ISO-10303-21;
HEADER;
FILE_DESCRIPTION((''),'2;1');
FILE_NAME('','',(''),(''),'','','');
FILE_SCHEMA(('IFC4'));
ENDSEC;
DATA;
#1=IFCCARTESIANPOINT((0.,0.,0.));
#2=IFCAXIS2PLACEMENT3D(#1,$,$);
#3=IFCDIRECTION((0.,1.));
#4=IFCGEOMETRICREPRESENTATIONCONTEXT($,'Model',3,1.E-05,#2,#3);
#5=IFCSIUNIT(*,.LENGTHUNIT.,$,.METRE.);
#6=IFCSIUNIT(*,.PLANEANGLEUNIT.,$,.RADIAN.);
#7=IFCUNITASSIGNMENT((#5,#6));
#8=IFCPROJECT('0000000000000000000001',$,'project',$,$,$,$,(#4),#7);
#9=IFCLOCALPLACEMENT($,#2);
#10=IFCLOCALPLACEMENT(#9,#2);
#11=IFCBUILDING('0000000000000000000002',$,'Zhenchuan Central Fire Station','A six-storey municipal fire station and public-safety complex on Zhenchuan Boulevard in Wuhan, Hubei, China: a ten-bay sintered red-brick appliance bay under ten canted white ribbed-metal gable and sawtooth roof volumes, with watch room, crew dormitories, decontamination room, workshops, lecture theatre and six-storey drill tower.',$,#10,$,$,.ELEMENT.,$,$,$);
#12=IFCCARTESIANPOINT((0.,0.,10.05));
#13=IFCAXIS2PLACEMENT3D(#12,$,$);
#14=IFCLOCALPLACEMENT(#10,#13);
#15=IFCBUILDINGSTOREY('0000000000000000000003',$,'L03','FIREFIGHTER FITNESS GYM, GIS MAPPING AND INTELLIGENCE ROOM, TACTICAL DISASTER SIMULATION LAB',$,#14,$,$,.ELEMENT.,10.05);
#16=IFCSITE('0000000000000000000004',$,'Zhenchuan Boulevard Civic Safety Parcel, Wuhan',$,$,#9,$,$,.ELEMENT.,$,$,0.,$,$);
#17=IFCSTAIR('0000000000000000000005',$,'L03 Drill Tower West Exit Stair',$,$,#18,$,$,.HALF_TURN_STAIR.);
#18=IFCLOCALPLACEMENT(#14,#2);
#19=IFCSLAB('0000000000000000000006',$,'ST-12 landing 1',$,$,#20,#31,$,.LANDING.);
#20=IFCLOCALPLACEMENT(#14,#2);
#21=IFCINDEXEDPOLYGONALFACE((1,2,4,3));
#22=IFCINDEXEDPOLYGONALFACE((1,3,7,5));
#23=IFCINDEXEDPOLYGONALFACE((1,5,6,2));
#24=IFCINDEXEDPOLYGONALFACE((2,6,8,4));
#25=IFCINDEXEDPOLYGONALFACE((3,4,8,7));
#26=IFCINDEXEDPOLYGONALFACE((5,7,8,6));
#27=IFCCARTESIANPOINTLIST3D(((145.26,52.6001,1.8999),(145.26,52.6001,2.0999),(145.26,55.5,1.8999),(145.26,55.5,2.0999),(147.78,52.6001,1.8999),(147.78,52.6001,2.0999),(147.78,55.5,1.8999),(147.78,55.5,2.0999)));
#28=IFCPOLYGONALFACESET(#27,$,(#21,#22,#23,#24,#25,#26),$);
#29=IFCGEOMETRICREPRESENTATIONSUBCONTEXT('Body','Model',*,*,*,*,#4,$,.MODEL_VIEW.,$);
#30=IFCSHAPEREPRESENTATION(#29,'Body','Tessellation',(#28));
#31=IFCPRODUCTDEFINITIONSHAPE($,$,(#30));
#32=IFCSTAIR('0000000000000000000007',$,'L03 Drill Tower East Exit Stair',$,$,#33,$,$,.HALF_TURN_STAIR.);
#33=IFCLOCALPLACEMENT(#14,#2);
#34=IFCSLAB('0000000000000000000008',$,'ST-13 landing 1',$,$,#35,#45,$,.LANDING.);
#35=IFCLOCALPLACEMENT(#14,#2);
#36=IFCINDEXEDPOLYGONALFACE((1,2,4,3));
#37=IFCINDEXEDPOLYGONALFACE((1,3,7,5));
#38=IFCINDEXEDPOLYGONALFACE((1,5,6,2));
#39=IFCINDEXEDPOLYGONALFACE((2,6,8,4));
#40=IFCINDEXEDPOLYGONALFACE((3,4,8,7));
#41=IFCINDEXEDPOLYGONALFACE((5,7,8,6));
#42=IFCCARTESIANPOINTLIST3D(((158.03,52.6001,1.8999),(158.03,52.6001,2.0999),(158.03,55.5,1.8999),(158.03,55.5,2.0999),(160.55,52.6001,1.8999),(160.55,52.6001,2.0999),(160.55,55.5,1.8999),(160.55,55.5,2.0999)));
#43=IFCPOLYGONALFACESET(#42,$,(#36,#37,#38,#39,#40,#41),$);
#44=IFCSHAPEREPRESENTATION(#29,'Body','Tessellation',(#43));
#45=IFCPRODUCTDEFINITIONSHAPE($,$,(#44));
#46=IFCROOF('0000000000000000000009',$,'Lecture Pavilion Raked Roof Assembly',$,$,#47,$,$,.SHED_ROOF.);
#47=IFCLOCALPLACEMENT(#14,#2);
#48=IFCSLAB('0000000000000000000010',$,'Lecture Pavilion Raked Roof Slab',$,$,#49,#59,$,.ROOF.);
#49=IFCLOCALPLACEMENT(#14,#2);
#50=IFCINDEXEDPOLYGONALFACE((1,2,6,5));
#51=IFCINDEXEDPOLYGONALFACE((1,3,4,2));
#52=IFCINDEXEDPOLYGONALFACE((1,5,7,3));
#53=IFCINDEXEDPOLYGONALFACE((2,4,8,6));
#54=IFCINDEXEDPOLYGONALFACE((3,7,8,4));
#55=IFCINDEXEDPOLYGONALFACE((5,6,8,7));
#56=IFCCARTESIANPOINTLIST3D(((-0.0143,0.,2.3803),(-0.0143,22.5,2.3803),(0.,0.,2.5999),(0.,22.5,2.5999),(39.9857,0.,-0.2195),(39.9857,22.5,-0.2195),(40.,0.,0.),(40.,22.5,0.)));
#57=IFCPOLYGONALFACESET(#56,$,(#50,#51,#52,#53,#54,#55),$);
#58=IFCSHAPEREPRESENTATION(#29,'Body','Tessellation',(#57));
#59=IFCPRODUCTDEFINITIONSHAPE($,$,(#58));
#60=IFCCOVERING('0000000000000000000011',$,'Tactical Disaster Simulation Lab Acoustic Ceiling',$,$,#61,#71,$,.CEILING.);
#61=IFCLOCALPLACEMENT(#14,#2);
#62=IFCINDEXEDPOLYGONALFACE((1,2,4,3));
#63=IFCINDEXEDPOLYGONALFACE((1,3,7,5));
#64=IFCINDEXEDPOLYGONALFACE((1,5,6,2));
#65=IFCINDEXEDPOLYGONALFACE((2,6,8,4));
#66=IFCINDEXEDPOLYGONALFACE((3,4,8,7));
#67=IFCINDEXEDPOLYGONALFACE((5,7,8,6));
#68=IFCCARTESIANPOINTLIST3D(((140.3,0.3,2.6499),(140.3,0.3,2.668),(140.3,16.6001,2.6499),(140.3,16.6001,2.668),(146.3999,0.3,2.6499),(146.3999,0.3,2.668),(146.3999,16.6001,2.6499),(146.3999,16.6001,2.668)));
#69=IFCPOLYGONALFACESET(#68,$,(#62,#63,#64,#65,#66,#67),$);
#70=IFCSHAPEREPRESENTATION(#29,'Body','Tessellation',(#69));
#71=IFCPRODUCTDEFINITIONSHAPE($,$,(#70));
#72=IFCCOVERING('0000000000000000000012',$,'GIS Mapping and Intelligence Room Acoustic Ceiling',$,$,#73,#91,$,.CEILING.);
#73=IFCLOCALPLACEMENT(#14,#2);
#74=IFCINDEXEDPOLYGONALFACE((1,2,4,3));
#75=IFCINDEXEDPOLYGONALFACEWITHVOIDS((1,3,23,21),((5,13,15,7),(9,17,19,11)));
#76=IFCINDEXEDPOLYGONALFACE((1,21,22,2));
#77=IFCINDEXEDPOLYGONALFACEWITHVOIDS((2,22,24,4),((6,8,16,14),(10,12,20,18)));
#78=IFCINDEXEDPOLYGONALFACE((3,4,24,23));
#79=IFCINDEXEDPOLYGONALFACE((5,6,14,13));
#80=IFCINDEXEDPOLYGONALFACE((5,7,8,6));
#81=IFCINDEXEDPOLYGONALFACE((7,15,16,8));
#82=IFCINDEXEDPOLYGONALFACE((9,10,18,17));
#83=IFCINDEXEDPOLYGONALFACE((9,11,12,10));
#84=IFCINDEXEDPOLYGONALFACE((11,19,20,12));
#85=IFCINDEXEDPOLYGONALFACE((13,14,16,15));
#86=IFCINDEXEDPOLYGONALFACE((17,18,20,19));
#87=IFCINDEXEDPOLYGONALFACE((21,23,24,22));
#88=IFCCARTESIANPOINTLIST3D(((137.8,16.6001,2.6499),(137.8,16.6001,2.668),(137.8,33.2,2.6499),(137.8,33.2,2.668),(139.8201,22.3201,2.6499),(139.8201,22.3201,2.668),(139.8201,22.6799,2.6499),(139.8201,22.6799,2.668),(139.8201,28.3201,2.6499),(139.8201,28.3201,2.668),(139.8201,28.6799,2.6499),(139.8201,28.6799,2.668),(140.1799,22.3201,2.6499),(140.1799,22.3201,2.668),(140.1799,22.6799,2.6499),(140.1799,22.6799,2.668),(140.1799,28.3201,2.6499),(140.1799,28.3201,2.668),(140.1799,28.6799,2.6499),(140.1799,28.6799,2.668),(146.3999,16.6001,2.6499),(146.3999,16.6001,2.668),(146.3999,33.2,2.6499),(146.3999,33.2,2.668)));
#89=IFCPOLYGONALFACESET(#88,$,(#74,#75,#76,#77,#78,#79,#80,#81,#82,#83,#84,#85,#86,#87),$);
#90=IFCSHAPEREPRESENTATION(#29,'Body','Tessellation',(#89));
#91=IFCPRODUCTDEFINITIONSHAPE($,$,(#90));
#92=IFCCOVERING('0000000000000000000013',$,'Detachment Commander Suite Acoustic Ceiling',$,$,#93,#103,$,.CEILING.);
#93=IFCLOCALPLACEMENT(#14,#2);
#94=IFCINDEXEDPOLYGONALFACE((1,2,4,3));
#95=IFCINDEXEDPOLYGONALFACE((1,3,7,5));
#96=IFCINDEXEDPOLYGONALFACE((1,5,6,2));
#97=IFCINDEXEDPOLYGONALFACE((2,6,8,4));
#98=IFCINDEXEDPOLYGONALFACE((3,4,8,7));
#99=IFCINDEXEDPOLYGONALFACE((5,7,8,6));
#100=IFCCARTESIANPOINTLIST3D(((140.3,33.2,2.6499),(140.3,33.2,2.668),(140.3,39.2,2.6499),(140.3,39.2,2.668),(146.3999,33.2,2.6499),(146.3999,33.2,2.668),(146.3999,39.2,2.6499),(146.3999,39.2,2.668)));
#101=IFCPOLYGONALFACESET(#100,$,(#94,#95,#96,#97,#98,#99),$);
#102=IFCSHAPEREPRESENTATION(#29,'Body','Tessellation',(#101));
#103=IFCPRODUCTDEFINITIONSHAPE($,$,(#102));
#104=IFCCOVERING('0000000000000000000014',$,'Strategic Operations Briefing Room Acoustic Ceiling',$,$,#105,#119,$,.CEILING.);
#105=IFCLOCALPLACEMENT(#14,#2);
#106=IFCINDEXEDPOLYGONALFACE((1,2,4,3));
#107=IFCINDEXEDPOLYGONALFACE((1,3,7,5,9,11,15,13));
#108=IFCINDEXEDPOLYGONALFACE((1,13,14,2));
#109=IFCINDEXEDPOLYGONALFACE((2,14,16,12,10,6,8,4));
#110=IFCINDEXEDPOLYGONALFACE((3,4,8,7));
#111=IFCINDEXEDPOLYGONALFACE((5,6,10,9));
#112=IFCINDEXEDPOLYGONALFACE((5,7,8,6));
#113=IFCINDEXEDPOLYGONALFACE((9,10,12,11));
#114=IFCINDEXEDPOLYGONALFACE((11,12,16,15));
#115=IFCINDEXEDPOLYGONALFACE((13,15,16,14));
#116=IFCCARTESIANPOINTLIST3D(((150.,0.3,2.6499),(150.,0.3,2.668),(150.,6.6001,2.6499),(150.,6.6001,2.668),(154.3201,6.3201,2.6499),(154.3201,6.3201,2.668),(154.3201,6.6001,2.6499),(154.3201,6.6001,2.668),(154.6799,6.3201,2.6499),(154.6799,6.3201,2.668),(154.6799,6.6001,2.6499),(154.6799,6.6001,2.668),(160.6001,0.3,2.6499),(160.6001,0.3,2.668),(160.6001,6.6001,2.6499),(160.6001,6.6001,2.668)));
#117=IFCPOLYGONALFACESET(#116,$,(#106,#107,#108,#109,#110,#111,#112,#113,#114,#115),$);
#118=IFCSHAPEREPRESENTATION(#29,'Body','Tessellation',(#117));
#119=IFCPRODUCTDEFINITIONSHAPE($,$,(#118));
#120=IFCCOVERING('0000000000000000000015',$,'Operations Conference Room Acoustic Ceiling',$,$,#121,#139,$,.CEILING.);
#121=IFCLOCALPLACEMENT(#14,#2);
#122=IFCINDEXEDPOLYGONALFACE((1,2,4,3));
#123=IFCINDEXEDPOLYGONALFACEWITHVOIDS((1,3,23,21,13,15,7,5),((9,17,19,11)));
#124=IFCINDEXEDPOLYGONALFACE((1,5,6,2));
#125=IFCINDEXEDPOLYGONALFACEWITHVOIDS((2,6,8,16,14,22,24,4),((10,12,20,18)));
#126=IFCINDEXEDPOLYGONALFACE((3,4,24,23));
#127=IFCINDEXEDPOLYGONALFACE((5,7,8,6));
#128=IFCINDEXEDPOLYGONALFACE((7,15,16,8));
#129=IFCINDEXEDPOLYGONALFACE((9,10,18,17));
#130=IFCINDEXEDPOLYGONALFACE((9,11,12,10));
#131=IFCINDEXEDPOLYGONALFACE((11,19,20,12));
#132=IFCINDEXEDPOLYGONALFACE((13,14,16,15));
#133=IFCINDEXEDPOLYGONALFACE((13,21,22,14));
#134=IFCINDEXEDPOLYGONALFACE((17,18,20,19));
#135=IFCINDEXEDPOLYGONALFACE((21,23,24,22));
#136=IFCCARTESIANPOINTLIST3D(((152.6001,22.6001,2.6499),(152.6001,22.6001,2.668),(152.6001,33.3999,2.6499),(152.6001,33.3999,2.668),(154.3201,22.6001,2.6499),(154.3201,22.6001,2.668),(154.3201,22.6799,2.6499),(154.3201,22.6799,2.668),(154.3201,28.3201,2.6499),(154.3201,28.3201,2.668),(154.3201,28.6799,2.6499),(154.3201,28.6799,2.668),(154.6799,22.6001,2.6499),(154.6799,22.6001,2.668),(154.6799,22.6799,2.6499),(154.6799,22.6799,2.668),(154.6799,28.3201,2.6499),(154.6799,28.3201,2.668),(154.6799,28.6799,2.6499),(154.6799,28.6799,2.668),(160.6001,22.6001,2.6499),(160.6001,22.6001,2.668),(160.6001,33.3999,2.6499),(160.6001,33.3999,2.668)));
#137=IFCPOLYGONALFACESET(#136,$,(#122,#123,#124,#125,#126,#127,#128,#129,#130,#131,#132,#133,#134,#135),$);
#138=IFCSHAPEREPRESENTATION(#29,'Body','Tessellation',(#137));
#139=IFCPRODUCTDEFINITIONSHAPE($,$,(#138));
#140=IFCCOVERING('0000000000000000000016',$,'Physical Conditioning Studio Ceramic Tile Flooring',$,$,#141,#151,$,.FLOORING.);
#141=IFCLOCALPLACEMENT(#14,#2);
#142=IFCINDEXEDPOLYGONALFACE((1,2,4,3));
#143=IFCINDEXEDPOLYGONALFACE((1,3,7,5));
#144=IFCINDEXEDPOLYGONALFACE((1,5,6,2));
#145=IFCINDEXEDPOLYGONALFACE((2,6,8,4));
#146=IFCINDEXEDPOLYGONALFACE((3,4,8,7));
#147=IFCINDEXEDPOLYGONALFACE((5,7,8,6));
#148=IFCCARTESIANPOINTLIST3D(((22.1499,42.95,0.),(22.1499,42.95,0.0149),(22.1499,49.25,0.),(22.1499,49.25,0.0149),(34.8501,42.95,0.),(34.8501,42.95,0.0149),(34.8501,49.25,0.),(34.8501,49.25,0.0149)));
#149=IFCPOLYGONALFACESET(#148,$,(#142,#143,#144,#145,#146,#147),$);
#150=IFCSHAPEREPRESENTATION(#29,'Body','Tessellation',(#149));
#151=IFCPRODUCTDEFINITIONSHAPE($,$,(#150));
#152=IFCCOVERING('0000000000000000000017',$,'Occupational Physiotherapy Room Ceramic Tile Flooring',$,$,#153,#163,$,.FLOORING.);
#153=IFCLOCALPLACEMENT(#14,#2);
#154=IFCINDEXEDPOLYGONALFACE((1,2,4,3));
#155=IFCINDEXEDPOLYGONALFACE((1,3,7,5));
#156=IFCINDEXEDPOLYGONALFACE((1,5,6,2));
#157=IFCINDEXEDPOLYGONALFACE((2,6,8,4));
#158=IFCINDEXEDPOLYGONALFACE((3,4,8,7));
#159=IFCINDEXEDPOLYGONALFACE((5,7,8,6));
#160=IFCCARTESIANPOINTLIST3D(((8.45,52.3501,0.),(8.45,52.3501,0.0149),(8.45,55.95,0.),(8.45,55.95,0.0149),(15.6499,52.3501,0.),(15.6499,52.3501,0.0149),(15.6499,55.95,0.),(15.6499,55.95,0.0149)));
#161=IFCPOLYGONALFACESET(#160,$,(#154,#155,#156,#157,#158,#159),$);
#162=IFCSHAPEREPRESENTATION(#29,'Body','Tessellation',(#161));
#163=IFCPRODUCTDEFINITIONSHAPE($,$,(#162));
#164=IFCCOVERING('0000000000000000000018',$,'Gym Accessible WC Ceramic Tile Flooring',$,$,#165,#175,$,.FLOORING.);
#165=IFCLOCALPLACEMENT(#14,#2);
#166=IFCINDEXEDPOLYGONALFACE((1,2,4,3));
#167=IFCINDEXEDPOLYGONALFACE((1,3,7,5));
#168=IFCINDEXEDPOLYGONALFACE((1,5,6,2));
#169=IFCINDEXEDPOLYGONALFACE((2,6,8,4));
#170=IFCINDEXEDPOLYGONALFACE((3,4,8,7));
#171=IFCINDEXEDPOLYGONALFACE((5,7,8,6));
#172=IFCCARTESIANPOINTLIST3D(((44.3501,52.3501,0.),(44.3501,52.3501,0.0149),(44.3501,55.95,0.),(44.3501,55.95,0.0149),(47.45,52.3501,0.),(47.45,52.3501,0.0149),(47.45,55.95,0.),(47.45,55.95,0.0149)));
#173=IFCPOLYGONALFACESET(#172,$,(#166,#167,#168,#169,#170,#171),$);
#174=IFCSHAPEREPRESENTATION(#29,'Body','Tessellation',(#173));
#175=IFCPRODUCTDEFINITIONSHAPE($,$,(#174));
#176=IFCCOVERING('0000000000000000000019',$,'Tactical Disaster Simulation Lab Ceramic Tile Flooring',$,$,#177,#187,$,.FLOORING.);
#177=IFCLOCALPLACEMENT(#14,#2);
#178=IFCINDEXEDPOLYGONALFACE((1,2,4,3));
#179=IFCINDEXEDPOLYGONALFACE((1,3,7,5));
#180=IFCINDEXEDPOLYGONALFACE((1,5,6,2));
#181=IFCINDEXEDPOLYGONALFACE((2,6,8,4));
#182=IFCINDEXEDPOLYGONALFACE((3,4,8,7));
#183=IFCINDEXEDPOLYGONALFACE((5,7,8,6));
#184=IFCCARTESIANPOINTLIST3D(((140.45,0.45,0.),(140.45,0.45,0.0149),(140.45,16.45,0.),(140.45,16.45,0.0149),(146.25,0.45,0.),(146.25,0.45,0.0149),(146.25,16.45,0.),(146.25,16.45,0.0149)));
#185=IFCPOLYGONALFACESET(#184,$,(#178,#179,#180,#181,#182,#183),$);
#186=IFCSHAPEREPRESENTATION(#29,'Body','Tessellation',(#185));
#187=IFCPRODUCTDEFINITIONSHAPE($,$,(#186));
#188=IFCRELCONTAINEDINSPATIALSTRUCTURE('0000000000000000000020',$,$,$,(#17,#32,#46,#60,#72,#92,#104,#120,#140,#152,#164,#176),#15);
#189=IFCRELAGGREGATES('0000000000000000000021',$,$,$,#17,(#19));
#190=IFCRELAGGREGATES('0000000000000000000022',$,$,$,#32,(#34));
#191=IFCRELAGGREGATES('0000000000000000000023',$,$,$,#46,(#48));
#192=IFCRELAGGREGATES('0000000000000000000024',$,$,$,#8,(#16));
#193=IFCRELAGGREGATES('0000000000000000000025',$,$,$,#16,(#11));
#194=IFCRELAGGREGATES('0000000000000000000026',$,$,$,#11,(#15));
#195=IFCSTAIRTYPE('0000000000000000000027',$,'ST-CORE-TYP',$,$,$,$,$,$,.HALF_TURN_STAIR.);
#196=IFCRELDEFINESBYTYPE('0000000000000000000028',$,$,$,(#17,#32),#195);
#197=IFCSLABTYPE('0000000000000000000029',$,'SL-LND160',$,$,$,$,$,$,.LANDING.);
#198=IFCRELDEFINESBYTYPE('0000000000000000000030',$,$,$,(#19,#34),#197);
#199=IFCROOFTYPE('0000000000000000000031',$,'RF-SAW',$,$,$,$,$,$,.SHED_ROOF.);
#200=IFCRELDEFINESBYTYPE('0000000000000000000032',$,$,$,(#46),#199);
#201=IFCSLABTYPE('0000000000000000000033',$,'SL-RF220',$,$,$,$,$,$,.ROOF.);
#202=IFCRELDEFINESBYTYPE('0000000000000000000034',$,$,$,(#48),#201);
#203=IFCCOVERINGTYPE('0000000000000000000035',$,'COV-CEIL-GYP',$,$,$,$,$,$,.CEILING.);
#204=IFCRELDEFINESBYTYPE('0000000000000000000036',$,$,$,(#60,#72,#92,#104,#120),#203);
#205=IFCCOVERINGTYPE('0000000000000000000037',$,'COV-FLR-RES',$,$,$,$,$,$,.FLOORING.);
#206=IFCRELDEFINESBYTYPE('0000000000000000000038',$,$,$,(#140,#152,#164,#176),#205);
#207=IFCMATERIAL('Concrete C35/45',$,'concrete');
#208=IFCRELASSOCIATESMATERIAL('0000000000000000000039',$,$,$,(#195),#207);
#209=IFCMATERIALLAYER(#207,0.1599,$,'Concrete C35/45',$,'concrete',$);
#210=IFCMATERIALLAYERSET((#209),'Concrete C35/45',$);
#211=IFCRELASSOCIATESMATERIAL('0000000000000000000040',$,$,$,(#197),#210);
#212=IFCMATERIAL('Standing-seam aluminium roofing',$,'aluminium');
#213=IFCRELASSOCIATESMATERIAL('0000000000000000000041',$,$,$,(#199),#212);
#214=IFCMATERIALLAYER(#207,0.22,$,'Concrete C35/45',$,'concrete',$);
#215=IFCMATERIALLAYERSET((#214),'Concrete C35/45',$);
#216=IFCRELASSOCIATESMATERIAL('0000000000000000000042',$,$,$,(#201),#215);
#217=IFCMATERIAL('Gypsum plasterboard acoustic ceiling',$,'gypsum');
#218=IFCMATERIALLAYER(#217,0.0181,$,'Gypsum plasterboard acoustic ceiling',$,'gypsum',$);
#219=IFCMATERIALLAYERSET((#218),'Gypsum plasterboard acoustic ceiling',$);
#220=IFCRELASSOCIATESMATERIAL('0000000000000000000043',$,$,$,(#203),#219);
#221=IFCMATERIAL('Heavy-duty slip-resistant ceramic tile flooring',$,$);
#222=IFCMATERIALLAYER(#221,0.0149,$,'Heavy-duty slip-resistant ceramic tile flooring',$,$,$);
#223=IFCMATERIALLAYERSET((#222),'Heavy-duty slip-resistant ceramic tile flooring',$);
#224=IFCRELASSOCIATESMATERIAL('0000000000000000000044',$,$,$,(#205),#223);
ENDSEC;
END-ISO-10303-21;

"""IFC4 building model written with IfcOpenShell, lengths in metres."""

from ifc_helpers import new_model, si_unit, direction, frame, origin, place, context, subcontext, project, spatial, polyline, outline, extrude, material, layer, layer_set, type_object, element, aggregate, save


model = new_model("IFC4")

# Units and contexts
model_context = context("Model", 3, precision=1e-05, world=origin(), true_north=direction((0.0, 1.0)))
body_context = subcontext(model_context, "Body", "Model", "MODEL_VIEW")
ifc_project = project(units=[si_unit("LENGTHUNIT", "METRE"), si_unit("PLANEANGLEUNIT", "RADIAN")], contexts=[model_context])

# Site, building, storey
site_placement = place(None, origin())
site = spatial("IfcSite", under=ifc_project, at=site_placement, Name="Zhenchuan Boulevard Civic Safety Parcel, Wuhan", CompositionType="ELEMENT", RefElevation=0.0)
building_placement = place(site_placement, origin())
building = spatial("IfcBuilding", under=site, at=building_placement, Name="Zhenchuan Central Fire Station", Description="A six-storey municipal fire station and public-safety complex on Zhenchuan Boulevard in Wuhan, Hubei, China: a ten-bay sintered red-brick appliance bay under ten canted white ribbed-metal gable and sawtooth roof volumes, with watch room, crew dormitories, decontamination room, workshops, lecture theatre and six-storey drill tower.", CompositionType="ELEMENT")
storey_placement = place(building_placement, frame((0.0, 0.0, 10.05)))
storey = spatial("IfcBuildingStorey", under=building, at=storey_placement, Name="L03", Description="FIREFIGHTER FITNESS GYM, GIS MAPPING AND INTELLIGENCE ROOM, TACTICAL DISASTER SIMULATION LAB", CompositionType="ELEMENT", Elevation=10.05)

# Shared definitions
ifc_material_1 = material(Name="Concrete C35/45", Category="concrete")

# Stairs, slabs
stair_type = type_object("IfcStairType", Name="ST-CORE-TYP", PredefinedType="HALF_TURN_STAIR", material=ifc_material_1)
ifc_layer_1 = layer(ifc_material_1, 0.1599, Name="Concrete C35/45", Category="concrete")
ifc_layer_set_1 = layer_set([ifc_layer_1], Name="Concrete C35/45")
slab_type_1 = type_object("IfcSlabType", Name="SL-LND160", PredefinedType="LANDING", material=ifc_layer_set_1)
stair_1_placement = place(storey_placement, origin())
stair_1 = element("IfcStair", 1, at=stair_1_placement, inside=storey, type_object=stair_type, Name="L03 Drill Tower West Exit Stair", PredefinedType="HALF_TURN_STAIR")
slab_1_placement = place(storey_placement, frame((0.0, 0.0, 1.8999)))
slab_1 = element("IfcSlab", 2, at=slab_1_placement, type_object=slab_type_1, Name="ST-12 landing 1", PredefinedType="LANDING", context=body_context, shape_type="SweptSolid", body=[
    extrude(outline(polyline([(145.26, 52.6001), (147.78, 52.6001), (147.78, 55.5), (145.26, 55.5), (145.26, 52.6001)])), origin(), (0.0, 0.0, 1.0), 0.2),
])
aggregate(stair_1, [slab_1])
stair_2_placement = place(storey_placement, origin())
stair_2 = element("IfcStair", 3, at=stair_2_placement, inside=storey, type_object=stair_type, Name="L03 Drill Tower East Exit Stair", PredefinedType="HALF_TURN_STAIR")
slab_2_placement = place(storey_placement, frame((0.0, 0.0, 1.8999)))
slab_2 = element("IfcSlab", 4, at=slab_2_placement, type_object=slab_type_1, Name="ST-13 landing 1", PredefinedType="LANDING", context=body_context, shape_type="SweptSolid", body=[
    extrude(outline(polyline([(158.03, 52.6001), (160.55, 52.6001), (160.55, 55.5), (158.03, 55.5), (158.03, 52.6001)])), origin(), (0.0, 0.0, 1.0), 0.2),
])
aggregate(stair_2, [slab_2])

# Roof, slab
ifc_material_2 = material(Name="Standing-seam aluminium roofing", Category="aluminium")
roof_type = type_object("IfcRoofType", Name="RF-SAW", PredefinedType="SHED_ROOF", material=ifc_material_2)
roof_placement = place(storey_placement, origin())
roof = element("IfcRoof", 5, at=roof_placement, inside=storey, type_object=roof_type, Name="Lecture Pavilion Raked Roof Assembly", PredefinedType="SHED_ROOF")
ifc_layer_2 = layer(ifc_material_1, 0.22, Name="Concrete C35/45", Category="concrete")
ifc_layer_set_2 = layer_set([ifc_layer_2], Name="Concrete C35/45")
slab_type_2 = type_object("IfcSlabType", Name="SL-RF220", PredefinedType="ROOF", material=ifc_layer_set_2)
slab_3_placement = place(storey_placement, frame((0.0, 0.0, 2.5999), z_axis=(0.064859, 0.0, 0.997894), x_axis=(0.997894, 0.0, -0.064859)))
slab_3 = element("IfcSlab", 6, at=slab_3_placement, type_object=slab_type_2, Name="Lecture Pavilion Raked Roof Slab", PredefinedType="ROOF", context=body_context, shape_type="SweptSolid", body=[
    extrude(outline(polyline([(0.0, 0.0), (40.0844, 0.0), (40.0844, 22.5), (0.0, 22.5), (0.0, 0.0)])), origin(), (0.0, 0.0, -1.0), 0.22),
])
aggregate(roof, [slab_3])

# Coverings
ifc_material_3 = material(Name="Gypsum plasterboard acoustic ceiling", Category="gypsum")
ifc_layer_3 = layer(ifc_material_3, 0.0181, Name="Gypsum plasterboard acoustic ceiling", Category="gypsum")
ifc_layer_set_3 = layer_set([ifc_layer_3], Name="Gypsum plasterboard acoustic ceiling")
covering_type_1 = type_object("IfcCoveringType", Name="COV-CEIL-GYP", PredefinedType="CEILING", material=ifc_layer_set_3)
covering_1_placement = place(storey_placement, frame((0.0, 0.0, 2.6499)))
element("IfcCovering", 7, at=covering_1_placement, inside=storey, type_object=covering_type_1, Name="Tactical Disaster Simulation Lab Acoustic Ceiling", PredefinedType="CEILING", context=body_context, shape_type="SweptSolid", body=[
    extrude(outline(polyline([(140.3, 0.3), (140.3, 16.6001), (146.3999, 16.6001), (146.3999, 0.3), (140.3, 0.3)])), origin(), (0.0, 0.0, 1.0), 0.0181),
])
covering_2_placement = place(storey_placement, frame((0.0, 0.0, 2.6499)))
element("IfcCovering", 8, at=covering_2_placement, inside=storey, type_object=covering_type_1, Name="GIS Mapping and Intelligence Room Acoustic Ceiling", PredefinedType="CEILING", context=body_context, shape_type="SweptSolid", body=[
    extrude(outline(polyline([(137.8, 16.6001), (137.8, 33.2), (146.3999, 33.2), (146.3999, 16.6001), (137.8, 16.6001)]), holes=[polyline([(140.1799, 22.3201), (140.1799, 22.6799), (139.8201, 22.6799), (139.8201, 22.3201), (140.1799, 22.3201)]), polyline([(140.1799, 28.3201), (140.1799, 28.6799), (139.8201, 28.6799), (139.8201, 28.3201), (140.1799, 28.3201)])]), origin(), (0.0, 0.0, 1.0), 0.0181),
])
covering_3_placement = place(storey_placement, frame((0.0, 0.0, 2.6499)))
element("IfcCovering", 9, at=covering_3_placement, inside=storey, type_object=covering_type_1, Name="Detachment Commander Suite Acoustic Ceiling", PredefinedType="CEILING", context=body_context, shape_type="SweptSolid", body=[
    extrude(outline(polyline([(140.3, 33.2), (140.3, 39.2), (146.3999, 39.2), (146.3999, 33.2), (140.3, 33.2)])), origin(), (0.0, 0.0, 1.0), 0.0181),
])
covering_4_placement = place(storey_placement, frame((0.0, 0.0, 2.6499)))
element("IfcCovering", 10, at=covering_4_placement, inside=storey, type_object=covering_type_1, Name="Strategic Operations Briefing Room Acoustic Ceiling", PredefinedType="CEILING", context=body_context, shape_type="SweptSolid", body=[
    extrude(outline(polyline([(160.6001, 6.6001), (160.6001, 0.3), (150.0, 0.3), (150.0, 6.6001), (154.3201, 6.6001), (154.3201, 6.3201), (154.6799, 6.3201), (154.6799, 6.6001), (160.6001, 6.6001)])), origin(), (0.0, 0.0, 1.0), 0.0181),
])
covering_5_placement = place(storey_placement, frame((0.0, 0.0, 2.6499)))
element("IfcCovering", 11, at=covering_5_placement, inside=storey, type_object=covering_type_1, Name="Operations Conference Room Acoustic Ceiling", PredefinedType="CEILING", context=body_context, shape_type="SweptSolid", body=[
    extrude(outline(polyline([(152.6001, 22.6001), (152.6001, 33.3999), (160.6001, 33.3999), (160.6001, 22.6001), (154.6799, 22.6001), (154.6799, 22.6799), (154.3201, 22.6799), (154.3201, 22.6001), (152.6001, 22.6001)]), holes=[polyline([(154.6799, 28.3201), (154.6799, 28.6799), (154.3201, 28.6799), (154.3201, 28.3201), (154.6799, 28.3201)])]), origin(), (0.0, 0.0, 1.0), 0.0181),
])
ifc_material_4 = material(Name="Heavy-duty slip-resistant ceramic tile flooring")
ifc_layer_4 = layer(ifc_material_4, 0.0149, Name="Heavy-duty slip-resistant ceramic tile flooring")
ifc_layer_set_4 = layer_set([ifc_layer_4], Name="Heavy-duty slip-resistant ceramic tile flooring")
covering_type_2 = type_object("IfcCoveringType", Name="COV-FLR-RES", PredefinedType="FLOORING", material=ifc_layer_set_4)
covering_6_placement = place(storey_placement, origin())
element("IfcCovering", 12, at=covering_6_placement, inside=storey, type_object=covering_type_2, Name="Physical Conditioning Studio Ceramic Tile Flooring", PredefinedType="FLOORING", context=body_context, shape_type="SweptSolid", body=[
    extrude(outline(polyline([(22.1499, 42.95), (34.8501, 42.95), (34.8501, 49.25), (22.1499, 49.25), (22.1499, 42.95)])), origin(), (0.0, 0.0, 1.0), 0.0149),
])
covering_7_placement = place(storey_placement, origin())
element("IfcCovering", 13, at=covering_7_placement, inside=storey, type_object=covering_type_2, Name="Occupational Physiotherapy Room Ceramic Tile Flooring", PredefinedType="FLOORING", context=body_context, shape_type="SweptSolid", body=[
    extrude(outline(polyline([(8.45, 52.3501), (15.6499, 52.3501), (15.6499, 55.95), (8.45, 55.95), (8.45, 52.3501)])), origin(), (0.0, 0.0, 1.0), 0.0149),
])
covering_8_placement = place(storey_placement, origin())
element("IfcCovering", 14, at=covering_8_placement, inside=storey, type_object=covering_type_2, Name="Gym Accessible WC Ceramic Tile Flooring", PredefinedType="FLOORING", context=body_context, shape_type="SweptSolid", body=[
    extrude(outline(polyline([(44.3501, 52.3501), (47.45, 52.3501), (47.45, 55.95), (44.3501, 55.95), (44.3501, 52.3501)])), origin(), (0.0, 0.0, 1.0), 0.0149),
])
covering_9_placement = place(storey_placement, origin())
element("IfcCovering", 15, at=covering_9_placement, inside=storey, type_object=covering_type_2, Name="Tactical Disaster Simulation Lab Ceramic Tile Flooring", PredefinedType="FLOORING", context=body_context, shape_type="SweptSolid", body=[
    extrude(outline(polyline([(140.45, 0.45), (146.25, 0.45), (146.25, 16.45), (140.45, 16.45), (140.45, 0.45)])), origin(), (0.0, 0.0, 1.0), 0.0149),
])

save(model, "model.ifc")
